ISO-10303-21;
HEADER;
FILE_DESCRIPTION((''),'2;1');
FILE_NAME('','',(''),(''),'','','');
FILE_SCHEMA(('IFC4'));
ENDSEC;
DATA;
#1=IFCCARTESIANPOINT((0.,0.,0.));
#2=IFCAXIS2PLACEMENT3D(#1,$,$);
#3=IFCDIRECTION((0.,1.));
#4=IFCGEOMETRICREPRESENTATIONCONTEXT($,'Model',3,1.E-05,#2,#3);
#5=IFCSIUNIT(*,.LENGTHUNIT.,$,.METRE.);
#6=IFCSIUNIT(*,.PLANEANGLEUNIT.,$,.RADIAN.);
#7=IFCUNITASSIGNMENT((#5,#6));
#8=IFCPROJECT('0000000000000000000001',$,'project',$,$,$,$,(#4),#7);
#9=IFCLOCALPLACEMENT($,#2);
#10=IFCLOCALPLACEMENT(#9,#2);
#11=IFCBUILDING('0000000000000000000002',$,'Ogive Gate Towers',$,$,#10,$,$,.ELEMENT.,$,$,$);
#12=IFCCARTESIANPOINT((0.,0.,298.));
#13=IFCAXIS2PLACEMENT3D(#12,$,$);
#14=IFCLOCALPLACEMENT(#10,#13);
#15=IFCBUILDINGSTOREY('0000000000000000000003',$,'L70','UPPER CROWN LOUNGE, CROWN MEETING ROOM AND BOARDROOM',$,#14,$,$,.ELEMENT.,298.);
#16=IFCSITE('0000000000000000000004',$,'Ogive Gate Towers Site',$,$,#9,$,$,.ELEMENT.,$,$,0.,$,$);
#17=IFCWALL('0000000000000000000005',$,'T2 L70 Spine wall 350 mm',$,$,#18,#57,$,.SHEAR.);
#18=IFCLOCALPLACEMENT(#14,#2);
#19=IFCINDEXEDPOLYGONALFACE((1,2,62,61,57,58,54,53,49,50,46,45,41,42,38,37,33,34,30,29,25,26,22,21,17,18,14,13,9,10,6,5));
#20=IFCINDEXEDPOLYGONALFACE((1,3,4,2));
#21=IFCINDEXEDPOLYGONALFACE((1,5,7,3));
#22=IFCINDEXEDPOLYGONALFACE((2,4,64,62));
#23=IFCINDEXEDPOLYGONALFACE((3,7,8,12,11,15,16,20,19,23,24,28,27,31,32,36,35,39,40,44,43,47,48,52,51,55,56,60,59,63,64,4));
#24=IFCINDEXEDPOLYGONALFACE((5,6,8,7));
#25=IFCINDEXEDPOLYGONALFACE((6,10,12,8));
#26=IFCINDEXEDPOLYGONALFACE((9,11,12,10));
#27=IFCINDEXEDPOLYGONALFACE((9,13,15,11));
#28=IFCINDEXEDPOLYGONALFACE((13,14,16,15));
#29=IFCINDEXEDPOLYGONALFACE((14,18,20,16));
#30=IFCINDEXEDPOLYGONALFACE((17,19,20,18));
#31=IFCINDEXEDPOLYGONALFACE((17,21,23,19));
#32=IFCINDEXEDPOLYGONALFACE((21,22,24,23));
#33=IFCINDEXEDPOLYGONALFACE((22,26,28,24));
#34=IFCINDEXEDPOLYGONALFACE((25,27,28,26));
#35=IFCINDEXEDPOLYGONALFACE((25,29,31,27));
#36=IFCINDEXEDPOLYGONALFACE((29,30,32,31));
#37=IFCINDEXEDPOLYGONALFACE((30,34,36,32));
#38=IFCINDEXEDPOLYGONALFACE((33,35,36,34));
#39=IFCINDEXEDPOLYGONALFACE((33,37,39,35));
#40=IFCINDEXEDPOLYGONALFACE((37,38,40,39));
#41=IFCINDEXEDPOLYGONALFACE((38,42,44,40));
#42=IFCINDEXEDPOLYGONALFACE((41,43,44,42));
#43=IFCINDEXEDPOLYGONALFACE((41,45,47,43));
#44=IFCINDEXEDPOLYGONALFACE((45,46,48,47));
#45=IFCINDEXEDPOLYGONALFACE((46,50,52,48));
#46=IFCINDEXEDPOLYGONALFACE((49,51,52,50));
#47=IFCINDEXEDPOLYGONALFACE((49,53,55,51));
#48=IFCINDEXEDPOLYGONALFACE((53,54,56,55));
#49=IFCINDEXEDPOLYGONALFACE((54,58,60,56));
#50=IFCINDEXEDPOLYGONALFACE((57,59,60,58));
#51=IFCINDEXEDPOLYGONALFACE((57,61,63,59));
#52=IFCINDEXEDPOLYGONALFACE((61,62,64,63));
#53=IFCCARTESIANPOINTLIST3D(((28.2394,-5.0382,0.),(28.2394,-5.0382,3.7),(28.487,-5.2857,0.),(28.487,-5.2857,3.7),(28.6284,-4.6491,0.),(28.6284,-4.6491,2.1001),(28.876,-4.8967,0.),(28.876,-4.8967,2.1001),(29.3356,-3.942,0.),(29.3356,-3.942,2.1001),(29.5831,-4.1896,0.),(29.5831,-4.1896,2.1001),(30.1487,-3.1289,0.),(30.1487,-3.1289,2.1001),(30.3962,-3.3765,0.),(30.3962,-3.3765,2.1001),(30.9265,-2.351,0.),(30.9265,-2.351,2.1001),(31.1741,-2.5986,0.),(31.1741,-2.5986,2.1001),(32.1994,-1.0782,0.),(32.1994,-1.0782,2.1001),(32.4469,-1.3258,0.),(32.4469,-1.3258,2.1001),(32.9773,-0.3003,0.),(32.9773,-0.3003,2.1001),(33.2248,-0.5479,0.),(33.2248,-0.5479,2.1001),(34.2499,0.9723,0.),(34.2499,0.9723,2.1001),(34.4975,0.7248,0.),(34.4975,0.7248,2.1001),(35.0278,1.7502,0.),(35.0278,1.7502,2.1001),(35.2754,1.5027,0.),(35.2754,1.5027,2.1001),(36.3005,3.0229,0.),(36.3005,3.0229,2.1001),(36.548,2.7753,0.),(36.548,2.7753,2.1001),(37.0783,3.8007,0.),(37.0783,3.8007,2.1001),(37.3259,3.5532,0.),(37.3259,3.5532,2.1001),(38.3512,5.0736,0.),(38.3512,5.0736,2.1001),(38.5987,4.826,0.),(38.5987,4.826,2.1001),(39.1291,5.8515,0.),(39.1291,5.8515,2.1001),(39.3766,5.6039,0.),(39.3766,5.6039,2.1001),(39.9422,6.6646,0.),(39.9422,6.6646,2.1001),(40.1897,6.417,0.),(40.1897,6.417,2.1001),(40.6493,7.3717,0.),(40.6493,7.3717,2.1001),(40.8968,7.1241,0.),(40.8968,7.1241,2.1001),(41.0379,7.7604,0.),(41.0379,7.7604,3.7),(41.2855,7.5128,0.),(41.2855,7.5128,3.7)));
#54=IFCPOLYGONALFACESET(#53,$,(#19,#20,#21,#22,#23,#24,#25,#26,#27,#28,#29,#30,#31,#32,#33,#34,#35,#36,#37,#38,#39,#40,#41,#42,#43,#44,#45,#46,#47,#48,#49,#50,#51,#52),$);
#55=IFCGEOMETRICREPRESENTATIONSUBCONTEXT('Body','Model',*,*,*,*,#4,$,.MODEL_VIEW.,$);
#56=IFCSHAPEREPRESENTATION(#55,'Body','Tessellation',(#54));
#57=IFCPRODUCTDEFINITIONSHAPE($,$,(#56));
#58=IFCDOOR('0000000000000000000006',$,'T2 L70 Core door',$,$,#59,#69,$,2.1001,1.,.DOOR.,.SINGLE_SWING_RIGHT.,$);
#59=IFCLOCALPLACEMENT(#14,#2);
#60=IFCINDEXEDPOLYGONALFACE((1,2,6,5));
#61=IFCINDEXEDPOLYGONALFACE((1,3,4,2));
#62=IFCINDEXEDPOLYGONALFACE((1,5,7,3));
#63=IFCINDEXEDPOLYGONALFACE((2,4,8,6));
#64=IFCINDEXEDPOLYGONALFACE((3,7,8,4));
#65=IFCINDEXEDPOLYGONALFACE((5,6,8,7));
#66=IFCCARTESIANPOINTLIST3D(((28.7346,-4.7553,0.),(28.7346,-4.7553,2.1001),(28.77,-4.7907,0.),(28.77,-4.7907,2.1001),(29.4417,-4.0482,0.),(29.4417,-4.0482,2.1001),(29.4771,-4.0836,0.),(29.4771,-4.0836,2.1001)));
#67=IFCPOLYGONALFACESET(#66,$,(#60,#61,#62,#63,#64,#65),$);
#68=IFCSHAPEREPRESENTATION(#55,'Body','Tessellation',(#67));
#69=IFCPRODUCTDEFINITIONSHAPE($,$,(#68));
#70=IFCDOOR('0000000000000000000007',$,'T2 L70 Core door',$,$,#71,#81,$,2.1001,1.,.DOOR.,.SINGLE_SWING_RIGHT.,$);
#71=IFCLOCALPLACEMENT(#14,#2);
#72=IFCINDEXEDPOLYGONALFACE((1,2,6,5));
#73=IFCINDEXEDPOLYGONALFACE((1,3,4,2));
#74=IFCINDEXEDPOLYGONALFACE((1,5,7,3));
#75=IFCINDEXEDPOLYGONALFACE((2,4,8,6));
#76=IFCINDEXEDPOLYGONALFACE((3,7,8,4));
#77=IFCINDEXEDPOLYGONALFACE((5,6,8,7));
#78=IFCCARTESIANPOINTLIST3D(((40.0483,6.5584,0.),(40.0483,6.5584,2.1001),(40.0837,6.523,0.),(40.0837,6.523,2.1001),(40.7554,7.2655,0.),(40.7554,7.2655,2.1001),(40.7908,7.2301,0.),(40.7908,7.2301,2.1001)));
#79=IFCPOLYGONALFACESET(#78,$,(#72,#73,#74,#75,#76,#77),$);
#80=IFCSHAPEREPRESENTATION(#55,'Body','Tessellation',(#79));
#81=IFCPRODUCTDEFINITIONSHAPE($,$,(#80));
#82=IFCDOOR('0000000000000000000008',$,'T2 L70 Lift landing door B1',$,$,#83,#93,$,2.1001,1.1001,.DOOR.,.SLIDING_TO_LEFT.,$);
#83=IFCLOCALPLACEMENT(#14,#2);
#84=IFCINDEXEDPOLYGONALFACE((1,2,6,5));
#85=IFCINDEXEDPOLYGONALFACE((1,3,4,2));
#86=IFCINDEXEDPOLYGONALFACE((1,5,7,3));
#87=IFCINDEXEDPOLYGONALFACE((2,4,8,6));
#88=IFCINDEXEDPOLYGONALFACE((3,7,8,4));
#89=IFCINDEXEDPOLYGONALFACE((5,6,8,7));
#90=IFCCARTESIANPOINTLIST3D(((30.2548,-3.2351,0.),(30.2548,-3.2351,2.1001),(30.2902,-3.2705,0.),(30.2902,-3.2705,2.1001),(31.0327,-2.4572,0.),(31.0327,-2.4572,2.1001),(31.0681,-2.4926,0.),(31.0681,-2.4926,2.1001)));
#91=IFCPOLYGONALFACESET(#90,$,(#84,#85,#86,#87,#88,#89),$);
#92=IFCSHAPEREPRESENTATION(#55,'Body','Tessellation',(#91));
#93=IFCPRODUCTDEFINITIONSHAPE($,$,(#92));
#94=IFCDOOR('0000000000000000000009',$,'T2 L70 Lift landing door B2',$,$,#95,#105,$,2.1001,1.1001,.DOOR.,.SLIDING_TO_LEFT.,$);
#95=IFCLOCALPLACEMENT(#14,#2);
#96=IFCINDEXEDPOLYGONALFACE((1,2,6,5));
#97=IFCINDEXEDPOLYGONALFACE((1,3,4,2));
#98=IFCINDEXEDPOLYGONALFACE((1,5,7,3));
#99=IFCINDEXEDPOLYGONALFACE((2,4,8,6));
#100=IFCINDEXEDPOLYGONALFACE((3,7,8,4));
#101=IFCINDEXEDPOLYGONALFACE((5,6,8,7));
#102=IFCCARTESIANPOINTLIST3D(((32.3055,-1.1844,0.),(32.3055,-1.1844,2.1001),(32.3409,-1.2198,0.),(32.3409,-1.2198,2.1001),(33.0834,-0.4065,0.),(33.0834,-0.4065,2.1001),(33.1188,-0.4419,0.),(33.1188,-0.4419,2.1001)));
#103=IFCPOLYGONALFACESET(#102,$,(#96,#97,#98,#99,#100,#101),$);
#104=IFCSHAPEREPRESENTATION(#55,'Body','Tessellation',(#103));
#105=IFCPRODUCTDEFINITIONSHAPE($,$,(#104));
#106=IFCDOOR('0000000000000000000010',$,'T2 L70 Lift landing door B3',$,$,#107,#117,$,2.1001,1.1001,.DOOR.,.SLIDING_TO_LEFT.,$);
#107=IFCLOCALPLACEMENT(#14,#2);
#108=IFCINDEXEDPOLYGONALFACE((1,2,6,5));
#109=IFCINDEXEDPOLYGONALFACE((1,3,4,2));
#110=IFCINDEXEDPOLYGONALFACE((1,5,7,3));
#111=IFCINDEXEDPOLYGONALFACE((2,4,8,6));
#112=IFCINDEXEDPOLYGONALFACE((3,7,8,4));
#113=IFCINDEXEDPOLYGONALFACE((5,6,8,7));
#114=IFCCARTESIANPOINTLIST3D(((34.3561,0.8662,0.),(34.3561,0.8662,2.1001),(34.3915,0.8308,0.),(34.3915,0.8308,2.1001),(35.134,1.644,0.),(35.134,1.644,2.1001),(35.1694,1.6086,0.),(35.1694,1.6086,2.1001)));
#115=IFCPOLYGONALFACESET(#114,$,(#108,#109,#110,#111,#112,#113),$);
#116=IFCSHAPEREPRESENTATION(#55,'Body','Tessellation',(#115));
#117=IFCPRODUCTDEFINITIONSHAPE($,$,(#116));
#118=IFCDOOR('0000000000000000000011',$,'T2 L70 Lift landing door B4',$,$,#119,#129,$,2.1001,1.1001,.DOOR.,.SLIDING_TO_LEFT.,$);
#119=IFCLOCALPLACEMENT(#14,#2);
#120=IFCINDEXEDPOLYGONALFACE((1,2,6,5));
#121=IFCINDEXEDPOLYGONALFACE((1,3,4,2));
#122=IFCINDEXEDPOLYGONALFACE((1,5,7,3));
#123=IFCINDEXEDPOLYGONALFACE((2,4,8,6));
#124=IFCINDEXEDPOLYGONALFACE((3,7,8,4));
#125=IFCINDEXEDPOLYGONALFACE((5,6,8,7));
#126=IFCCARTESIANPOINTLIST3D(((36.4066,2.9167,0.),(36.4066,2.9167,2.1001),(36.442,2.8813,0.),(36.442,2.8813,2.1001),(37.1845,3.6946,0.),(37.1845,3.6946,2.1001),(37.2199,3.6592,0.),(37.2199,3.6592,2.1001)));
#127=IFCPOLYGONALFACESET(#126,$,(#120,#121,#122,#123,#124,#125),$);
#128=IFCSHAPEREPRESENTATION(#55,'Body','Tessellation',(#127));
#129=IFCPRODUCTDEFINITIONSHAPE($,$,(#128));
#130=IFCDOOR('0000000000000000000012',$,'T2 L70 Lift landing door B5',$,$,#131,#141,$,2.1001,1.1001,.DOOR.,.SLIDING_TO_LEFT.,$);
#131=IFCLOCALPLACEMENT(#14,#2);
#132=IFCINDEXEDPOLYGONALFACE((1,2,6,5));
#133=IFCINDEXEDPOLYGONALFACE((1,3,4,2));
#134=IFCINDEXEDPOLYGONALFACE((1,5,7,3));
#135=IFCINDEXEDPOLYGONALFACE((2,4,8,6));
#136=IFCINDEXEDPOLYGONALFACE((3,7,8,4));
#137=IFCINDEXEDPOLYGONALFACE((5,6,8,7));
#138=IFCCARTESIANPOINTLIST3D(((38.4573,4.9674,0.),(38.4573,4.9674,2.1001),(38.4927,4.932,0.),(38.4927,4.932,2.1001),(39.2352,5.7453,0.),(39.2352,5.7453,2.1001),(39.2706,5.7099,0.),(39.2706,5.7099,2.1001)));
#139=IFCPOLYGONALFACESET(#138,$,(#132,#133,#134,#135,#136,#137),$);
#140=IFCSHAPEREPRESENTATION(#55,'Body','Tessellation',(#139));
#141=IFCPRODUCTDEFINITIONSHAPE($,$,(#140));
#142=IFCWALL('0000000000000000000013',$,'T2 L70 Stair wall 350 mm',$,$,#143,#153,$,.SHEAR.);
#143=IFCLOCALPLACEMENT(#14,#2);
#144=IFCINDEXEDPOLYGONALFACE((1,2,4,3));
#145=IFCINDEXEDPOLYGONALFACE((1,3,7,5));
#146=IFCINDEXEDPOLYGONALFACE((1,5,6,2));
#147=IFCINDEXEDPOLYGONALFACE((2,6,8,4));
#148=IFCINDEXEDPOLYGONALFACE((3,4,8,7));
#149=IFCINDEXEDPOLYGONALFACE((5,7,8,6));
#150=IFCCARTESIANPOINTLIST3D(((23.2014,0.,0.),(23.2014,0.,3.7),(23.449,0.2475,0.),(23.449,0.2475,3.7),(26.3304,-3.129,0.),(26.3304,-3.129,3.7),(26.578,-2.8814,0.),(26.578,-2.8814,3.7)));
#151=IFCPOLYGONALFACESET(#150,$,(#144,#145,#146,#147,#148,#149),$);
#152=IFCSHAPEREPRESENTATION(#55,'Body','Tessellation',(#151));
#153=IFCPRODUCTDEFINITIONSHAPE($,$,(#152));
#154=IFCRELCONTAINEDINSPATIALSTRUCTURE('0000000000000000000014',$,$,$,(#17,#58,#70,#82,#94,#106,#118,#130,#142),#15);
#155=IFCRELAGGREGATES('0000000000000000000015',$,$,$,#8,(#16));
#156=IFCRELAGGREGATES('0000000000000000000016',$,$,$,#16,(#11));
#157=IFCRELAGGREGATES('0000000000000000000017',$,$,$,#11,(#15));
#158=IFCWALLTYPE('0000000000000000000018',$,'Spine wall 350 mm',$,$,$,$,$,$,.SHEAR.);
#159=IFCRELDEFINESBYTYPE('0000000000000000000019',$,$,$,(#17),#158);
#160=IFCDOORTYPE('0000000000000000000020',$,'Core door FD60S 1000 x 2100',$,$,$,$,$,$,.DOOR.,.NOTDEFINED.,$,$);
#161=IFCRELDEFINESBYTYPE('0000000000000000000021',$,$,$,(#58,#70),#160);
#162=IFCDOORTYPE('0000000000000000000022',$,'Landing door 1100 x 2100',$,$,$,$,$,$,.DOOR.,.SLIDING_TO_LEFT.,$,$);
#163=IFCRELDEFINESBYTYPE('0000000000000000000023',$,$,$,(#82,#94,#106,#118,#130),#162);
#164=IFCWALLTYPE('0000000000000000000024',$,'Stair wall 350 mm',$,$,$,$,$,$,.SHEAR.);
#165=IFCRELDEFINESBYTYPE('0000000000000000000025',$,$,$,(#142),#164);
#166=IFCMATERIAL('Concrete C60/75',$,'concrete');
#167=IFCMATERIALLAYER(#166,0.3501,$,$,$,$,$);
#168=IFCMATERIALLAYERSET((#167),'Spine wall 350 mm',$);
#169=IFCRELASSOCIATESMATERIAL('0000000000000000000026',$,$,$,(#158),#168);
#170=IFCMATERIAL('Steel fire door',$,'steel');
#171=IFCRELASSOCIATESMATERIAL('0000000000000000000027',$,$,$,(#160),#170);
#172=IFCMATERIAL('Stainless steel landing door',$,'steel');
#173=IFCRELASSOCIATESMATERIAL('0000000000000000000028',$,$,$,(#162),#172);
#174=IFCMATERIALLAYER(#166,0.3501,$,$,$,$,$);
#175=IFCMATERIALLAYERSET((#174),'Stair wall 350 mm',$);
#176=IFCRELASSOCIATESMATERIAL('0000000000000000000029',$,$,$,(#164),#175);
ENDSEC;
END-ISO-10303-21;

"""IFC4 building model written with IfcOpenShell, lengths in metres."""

from ifc_helpers import new_model, si_unit, direction, frame, frame_2d, origin, place, context, subcontext, project, spatial, rectangle, extrude, material, layer, layer_set, type_object, element, fill, save


model = new_model("IFC4")

# Units and contexts
model_context = context("Model", 3, precision=1e-05, world=origin(), true_north=direction((0.0, 1.0)))
body_context = subcontext(model_context, "Body", "Model", "MODEL_VIEW")
ifc_project = project(units=[si_unit("LENGTHUNIT", "METRE"), si_unit("PLANEANGLEUNIT", "RADIAN")], contexts=[model_context])

# Site, building, storey
site_placement = place(None, origin())
site = spatial("IfcSite", under=ifc_project, at=site_placement, Name="Ogive Gate Towers Site", CompositionType="ELEMENT", RefElevation=0.0)
building_placement = place(site_placement, origin())
building = spatial("IfcBuilding", under=site, at=building_placement, Name="Ogive Gate Towers", CompositionType="ELEMENT")
storey_placement = place(building_placement, frame((0.0, 0.0, 298.0)))
storey = spatial("IfcBuildingStorey", under=building, at=storey_placement, Name="L70", Description="UPPER CROWN LOUNGE, CROWN MEETING ROOM AND BOARDROOM", CompositionType="ELEMENT", Elevation=298.0)

# Shared definitions
ifc_material_1 = material(Name="Concrete C60/75", Category="concrete")

# Wall, openings, doors
ifc_layer_1 = layer(ifc_material_1, 0.3501)
ifc_layer_set_1 = layer_set([ifc_layer_1], Name="Spine wall 350 mm")
wall_type_1 = type_object("IfcWallType", Name="Spine wall 350 mm", PredefinedType="SHEAR", material=ifc_layer_set_1)
ifc_material_2 = material(Name="Steel fire door", Category="steel")
door_type_1 = type_object("IfcDoorType", Name="Core door FD60S 1000 x 2100", OperationType="NOTDEFINED", PredefinedType="DOOR", material=ifc_material_2)
ifc_material_3 = material(Name="Stainless steel landing door", Category="steel")
door_type_2 = type_object("IfcDoorType", Name="Landing door 1100 x 2100", OperationType="SLIDING_TO_LEFT", PredefinedType="DOOR", material=ifc_material_3)
wall_1_placement = place(storey_placement, frame((28.3633, -5.1619, 0.0), z_axis=(0.0, 0.0, 1.0), x_axis=(0.707107, 0.707107, 0.0)))
wall_1 = element("IfcWall", 1, at=wall_1_placement, inside=storey, type_object=wall_type_1, Name="T2 L70 Spine wall 350 mm", PredefinedType="SHEAR", context=body_context, shape_type="SweptSolid", body=[
    extrude(rectangle(XDim=18.0999, YDim=0.3501, at=frame_2d((9.0498, 0.0))), origin(), (0.0, 0.0, 1.0), 3.7),
])
opening_1_placement = place(wall_1_placement, frame((0.55, 0.0, 0.0)))
opening_1 = element("IfcOpeningElement", 2, at=opening_1_placement, cuts=wall_1, PredefinedType="OPENING", context=body_context, shape_type="SweptSolid", body=[
    extrude(rectangle(XDim=1.0, YDim=2.1001, at=frame_2d((0.5, 1.05))), frame((0.0, 0.1851, 0.0), z_axis=(0.0, -1.0, 0.0), x_axis=(1.0, 0.0, 0.0)), (0.0, 0.0, 1.0), 0.3701),
])
opening_2_placement = place(wall_1_placement, frame((2.7, 0.0, 0.0)))
opening_2 = element("IfcOpeningElement", 3, at=opening_2_placement, cuts=wall_1, PredefinedType="OPENING", context=body_context, shape_type="SweptSolid", body=[
    extrude(rectangle(XDim=1.1001, YDim=2.1001, at=frame_2d((0.55, 1.05))), frame((0.0, 0.1851, 0.0), z_axis=(0.0, -1.0, 0.0), x_axis=(1.0, 0.0, 0.0)), (0.0, 0.0, 1.0), 0.3701),
])
opening_3_placement = place(wall_1_placement, frame((5.6001, 0.0, 0.0)))
opening_3 = element("IfcOpeningElement", 4, at=opening_3_placement, cuts=wall_1, PredefinedType="OPENING", context=body_context, shape_type="SweptSolid", body=[
    extrude(rectangle(XDim=1.1001, YDim=2.1001, at=frame_2d((0.55, 1.05))), frame((0.0, 0.1851, 0.0), z_axis=(0.0, -1.0, 0.0), x_axis=(1.0, 0.0, 0.0)), (0.0, 0.0, 1.0), 0.3701),
])
opening_4_placement = place(wall_1_placement, frame((8.5, 0.0, 0.0)))
opening_4 = element("IfcOpeningElement", 5, at=opening_4_placement, cuts=wall_1, PredefinedType="OPENING", context=body_context, shape_type="SweptSolid", body=[
    extrude(rectangle(XDim=1.1001, YDim=2.1001, at=frame_2d((0.55, 1.05))), frame((0.0, 0.1851, 0.0), z_axis=(0.0, -1.0, 0.0), x_axis=(1.0, 0.0, 0.0)), (0.0, 0.0, 1.0), 0.3701),
])
opening_5_placement = place(wall_1_placement, frame((11.3999, 0.0, 0.0)))
opening_5 = element("IfcOpeningElement", 6, at=opening_5_placement, cuts=wall_1, PredefinedType="OPENING", context=body_context, shape_type="SweptSolid", body=[
    extrude(rectangle(XDim=1.1001, YDim=2.1001, at=frame_2d((0.55, 1.05))), frame((0.0, 0.1851, 0.0), z_axis=(0.0, -1.0, 0.0), x_axis=(1.0, 0.0, 0.0)), (0.0, 0.0, 1.0), 0.3701),
])
opening_6_placement = place(wall_1_placement, frame((14.3, 0.0, 0.0)))
opening_6 = element("IfcOpeningElement", 7, at=opening_6_placement, cuts=wall_1, PredefinedType="OPENING", context=body_context, shape_type="SweptSolid", body=[
    extrude(rectangle(XDim=1.1001, YDim=2.1001, at=frame_2d((0.55, 1.05))), frame((0.0, 0.1851, 0.0), z_axis=(0.0, -1.0, 0.0), x_axis=(1.0, 0.0, 0.0)), (0.0, 0.0, 1.0), 0.3701),
])
opening_7_placement = place(wall_1_placement, frame((16.55, 0.0, 0.0)))
opening_7 = element("IfcOpeningElement", 8, at=opening_7_placement, cuts=wall_1, PredefinedType="OPENING", context=body_context, shape_type="SweptSolid", body=[
    extrude(rectangle(XDim=1.0, YDim=2.1001, at=frame_2d((0.5, 1.05))), frame((0.0, 0.1851, 0.0), z_axis=(0.0, -1.0, 0.0), x_axis=(1.0, 0.0, 0.0)), (0.0, 0.0, 1.0), 0.3701),
])
door_1_placement = place(opening_1_placement, origin())
door_1 = element("IfcDoor", 9, at=door_1_placement, inside=storey, type_object=door_type_1, Name="T2 L70 Core door", OperationType="SINGLE_SWING_RIGHT", OverallHeight=2.1001, OverallWidth=1.0, PredefinedType="DOOR", context=body_context, shape_type="SweptSolid", body=[
    extrude(rectangle(XDim=1.0, YDim=2.1001, at=frame_2d((0.5, 1.05))), frame((0.0, 0.0249, 0.0), z_axis=(0.0, -1.0, 0.0), x_axis=(1.0, 0.0, 0.0)), (0.0, 0.0, 1.0), 0.05),
])
fill(opening_1, door_1)
door_2_placement = place(opening_7_placement, origin())
door_2 = element("IfcDoor", 10, at=door_2_placement, inside=storey, type_object=door_type_1, Name="T2 L70 Core door", OperationType="SINGLE_SWING_RIGHT", OverallHeight=2.1001, OverallWidth=1.0, PredefinedType="DOOR", context=body_context, shape_type="SweptSolid", body=[
    extrude(rectangle(XDim=1.0, YDim=2.1001, at=frame_2d((0.5, 1.05))), frame((0.0, 0.0249, 0.0), z_axis=(0.0, -1.0, 0.0), x_axis=(1.0, 0.0, 0.0)), (0.0, 0.0, 1.0), 0.05),
])
fill(opening_7, door_2)
door_3_placement = place(opening_2_placement, origin())
door_3 = element("IfcDoor", 11, at=door_3_placement, inside=storey, type_object=door_type_2, Name="T2 L70 Lift landing door B1", OperationType="SLIDING_TO_LEFT", OverallHeight=2.1001, OverallWidth=1.1001, PredefinedType="DOOR", context=body_context, shape_type="SweptSolid", body=[
    extrude(rectangle(XDim=1.1001, YDim=2.1001, at=frame_2d((0.55, 1.05))), frame((0.0, 0.0249, 0.0), z_axis=(0.0, -1.0, 0.0), x_axis=(1.0, 0.0, 0.0)), (0.0, 0.0, 1.0), 0.05),
])
fill(opening_2, door_3)
door_4_placement = place(opening_3_placement, origin())
door_4 = element("IfcDoor", 12, at=door_4_placement, inside=storey, type_object=door_type_2, Name="T2 L70 Lift landing door B2", OperationType="SLIDING_TO_LEFT", OverallHeight=2.1001, OverallWidth=1.1001, PredefinedType="DOOR", context=body_context, shape_type="SweptSolid", body=[
    extrude(rectangle(XDim=1.1001, YDim=2.1001, at=frame_2d((0.55, 1.05))), frame((0.0, 0.0249, 0.0), z_axis=(0.0, -1.0, 0.0), x_axis=(1.0, 0.0, 0.0)), (0.0, 0.0, 1.0), 0.05),
])
fill(opening_3, door_4)
door_5_placement = place(opening_4_placement, origin())
door_5 = element("IfcDoor", 13, at=door_5_placement, inside=storey, type_object=door_type_2, Name="T2 L70 Lift landing door B3", OperationType="SLIDING_TO_LEFT", OverallHeight=2.1001, OverallWidth=1.1001, PredefinedType="DOOR", context=body_context, shape_type="SweptSolid", body=[
    extrude(rectangle(XDim=1.1001, YDim=2.1001, at=frame_2d((0.55, 1.05))), frame((0.0, 0.0249, 0.0), z_axis=(0.0, -1.0, 0.0), x_axis=(1.0, 0.0, 0.0)), (0.0, 0.0, 1.0), 0.05),
])
fill(opening_4, door_5)
door_6_placement = place(opening_5_placement, origin())
door_6 = element("IfcDoor", 14, at=door_6_placement, inside=storey, type_object=door_type_2, Name="T2 L70 Lift landing door B4", OperationType="SLIDING_TO_LEFT", OverallHeight=2.1001, OverallWidth=1.1001, PredefinedType="DOOR", context=body_context, shape_type="SweptSolid", body=[
    extrude(rectangle(XDim=1.1001, YDim=2.1001, at=frame_2d((0.55, 1.05))), frame((0.0, 0.0249, 0.0), z_axis=(0.0, -1.0, 0.0), x_axis=(1.0, 0.0, 0.0)), (0.0, 0.0, 1.0), 0.05),
])
fill(opening_5, door_6)
door_7_placement = place(opening_6_placement, origin())
door_7 = element("IfcDoor", 15, at=door_7_placement, inside=storey, type_object=door_type_2, Name="T2 L70 Lift landing door B5", OperationType="SLIDING_TO_LEFT", OverallHeight=2.1001, OverallWidth=1.1001, PredefinedType="DOOR", context=body_context, shape_type="SweptSolid", body=[
    extrude(rectangle(XDim=1.1001, YDim=2.1001, at=frame_2d((0.55, 1.05))), frame((0.0, 0.0249, 0.0), z_axis=(0.0, -1.0, 0.0), x_axis=(1.0, 0.0, 0.0)), (0.0, 0.0, 1.0), 0.05),
])
fill(opening_6, door_7)

# Wall
ifc_layer_2 = layer(ifc_material_1, 0.3501)
ifc_layer_set_2 = layer_set([ifc_layer_2], Name="Stair wall 350 mm")
wall_type_2 = type_object("IfcWallType", Name="Stair wall 350 mm", PredefinedType="SHEAR", material=ifc_layer_set_2)
wall_2_placement = place(storey_placement, frame((26.4541, -3.0051, 0.0), z_axis=(0.0, 0.0, 1.0), x_axis=(-0.707107, 0.707107, 0.0)))
element("IfcWall", 16, at=wall_2_placement, inside=storey, type_object=wall_type_2, Name="T2 L70 Stair wall 350 mm", PredefinedType="SHEAR", context=body_context, shape_type="SweptSolid", body=[
    extrude(rectangle(XDim=4.425, YDim=0.3501, at=frame_2d((2.2124, 0.0))), origin(), (0.0, 0.0, 1.0), 3.7),
])

save(model, "model.ifc")
